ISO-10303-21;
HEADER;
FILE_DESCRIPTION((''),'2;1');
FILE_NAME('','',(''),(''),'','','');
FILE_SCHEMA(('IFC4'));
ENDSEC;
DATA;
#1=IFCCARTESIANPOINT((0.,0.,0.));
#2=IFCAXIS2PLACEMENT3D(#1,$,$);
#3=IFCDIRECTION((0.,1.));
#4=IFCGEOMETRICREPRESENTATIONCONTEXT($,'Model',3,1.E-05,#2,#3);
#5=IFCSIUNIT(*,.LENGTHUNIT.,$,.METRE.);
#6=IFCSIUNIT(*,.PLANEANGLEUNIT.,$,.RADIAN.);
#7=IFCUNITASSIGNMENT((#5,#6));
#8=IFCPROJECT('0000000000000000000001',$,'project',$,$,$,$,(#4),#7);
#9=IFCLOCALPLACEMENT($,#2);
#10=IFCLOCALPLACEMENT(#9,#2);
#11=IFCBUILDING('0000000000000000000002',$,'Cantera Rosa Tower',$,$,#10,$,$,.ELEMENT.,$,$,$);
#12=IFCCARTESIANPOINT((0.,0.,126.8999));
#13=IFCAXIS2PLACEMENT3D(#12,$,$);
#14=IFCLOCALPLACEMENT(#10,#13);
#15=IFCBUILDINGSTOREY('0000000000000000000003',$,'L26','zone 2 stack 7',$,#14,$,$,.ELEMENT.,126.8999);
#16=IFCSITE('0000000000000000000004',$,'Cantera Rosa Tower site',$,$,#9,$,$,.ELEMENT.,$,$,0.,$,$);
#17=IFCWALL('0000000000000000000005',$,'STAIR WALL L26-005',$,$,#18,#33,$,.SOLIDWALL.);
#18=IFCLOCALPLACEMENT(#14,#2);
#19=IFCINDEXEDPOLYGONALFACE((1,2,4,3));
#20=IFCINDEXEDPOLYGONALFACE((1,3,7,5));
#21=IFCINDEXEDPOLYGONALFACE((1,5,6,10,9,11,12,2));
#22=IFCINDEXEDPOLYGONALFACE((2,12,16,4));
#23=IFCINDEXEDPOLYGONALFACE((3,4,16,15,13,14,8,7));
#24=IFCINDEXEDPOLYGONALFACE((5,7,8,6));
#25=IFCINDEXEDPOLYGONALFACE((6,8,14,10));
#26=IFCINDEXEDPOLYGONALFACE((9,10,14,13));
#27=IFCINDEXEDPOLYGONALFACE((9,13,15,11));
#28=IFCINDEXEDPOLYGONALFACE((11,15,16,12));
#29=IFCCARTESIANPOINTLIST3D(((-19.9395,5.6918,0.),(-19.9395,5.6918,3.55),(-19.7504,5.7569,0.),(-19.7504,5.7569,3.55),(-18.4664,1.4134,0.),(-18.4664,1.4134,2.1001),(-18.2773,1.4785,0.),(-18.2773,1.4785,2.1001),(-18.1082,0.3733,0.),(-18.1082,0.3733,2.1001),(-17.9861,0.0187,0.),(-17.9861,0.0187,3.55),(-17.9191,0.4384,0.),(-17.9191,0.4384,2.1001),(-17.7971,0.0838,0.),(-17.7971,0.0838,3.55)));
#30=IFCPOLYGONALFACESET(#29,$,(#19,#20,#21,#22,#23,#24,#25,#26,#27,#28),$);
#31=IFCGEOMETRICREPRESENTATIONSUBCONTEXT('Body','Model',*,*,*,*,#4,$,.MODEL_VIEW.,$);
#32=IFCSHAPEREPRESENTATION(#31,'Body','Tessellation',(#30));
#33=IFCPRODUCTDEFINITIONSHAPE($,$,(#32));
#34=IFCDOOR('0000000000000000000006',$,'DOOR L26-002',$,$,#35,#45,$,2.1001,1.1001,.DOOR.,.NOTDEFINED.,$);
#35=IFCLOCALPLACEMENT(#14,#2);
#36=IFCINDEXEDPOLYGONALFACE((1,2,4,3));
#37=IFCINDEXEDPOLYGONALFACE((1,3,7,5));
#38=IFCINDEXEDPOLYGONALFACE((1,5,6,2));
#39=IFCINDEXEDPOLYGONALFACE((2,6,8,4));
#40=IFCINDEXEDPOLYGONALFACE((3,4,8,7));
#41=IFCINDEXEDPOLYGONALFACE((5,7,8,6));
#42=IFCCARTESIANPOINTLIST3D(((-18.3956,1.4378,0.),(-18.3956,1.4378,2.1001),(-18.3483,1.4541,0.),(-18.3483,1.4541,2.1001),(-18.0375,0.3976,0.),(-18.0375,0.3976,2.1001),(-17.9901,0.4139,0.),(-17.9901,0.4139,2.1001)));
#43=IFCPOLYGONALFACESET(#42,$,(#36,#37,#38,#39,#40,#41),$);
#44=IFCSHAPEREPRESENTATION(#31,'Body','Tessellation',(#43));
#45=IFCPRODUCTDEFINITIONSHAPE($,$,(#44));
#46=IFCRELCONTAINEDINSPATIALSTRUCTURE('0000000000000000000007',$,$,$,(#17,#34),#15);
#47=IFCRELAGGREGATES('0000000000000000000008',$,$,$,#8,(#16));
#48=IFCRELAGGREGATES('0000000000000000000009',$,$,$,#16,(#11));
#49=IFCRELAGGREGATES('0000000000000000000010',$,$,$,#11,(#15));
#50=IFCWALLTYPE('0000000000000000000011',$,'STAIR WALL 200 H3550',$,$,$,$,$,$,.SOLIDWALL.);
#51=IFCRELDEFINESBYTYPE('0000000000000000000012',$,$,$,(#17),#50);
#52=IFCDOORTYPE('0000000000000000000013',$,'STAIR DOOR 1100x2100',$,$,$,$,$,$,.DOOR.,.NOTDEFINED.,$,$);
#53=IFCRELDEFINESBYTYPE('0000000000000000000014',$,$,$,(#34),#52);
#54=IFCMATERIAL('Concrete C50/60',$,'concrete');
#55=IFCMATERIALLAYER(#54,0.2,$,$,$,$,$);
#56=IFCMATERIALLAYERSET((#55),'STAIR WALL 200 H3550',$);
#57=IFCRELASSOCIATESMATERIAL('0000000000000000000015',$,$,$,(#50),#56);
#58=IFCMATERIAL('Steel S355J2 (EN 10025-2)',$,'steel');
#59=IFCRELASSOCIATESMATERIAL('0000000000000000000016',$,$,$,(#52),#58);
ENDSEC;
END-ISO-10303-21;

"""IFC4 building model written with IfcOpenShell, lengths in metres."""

from ifc_helpers import new_model, si_unit, direction, frame, frame_2d, origin, place, context, subcontext, project, spatial, rectangle, extrude, material, layer, layer_set, type_object, element, fill, save


model = new_model("IFC4")

# Units and contexts
model_context = context("Model", 3, precision=1e-05, world=origin(), true_north=direction((0.0, 1.0)))
body_context = subcontext(model_context, "Body", "Model", "MODEL_VIEW")
ifc_project = project(units=[si_unit("LENGTHUNIT", "METRE"), si_unit("PLANEANGLEUNIT", "RADIAN")], contexts=[model_context])

# Site, building, storey
site_placement = place(None, origin())
site = spatial("IfcSite", under=ifc_project, at=site_placement, Name="Cantera Rosa Tower site", CompositionType="ELEMENT", RefElevation=0.0)
building_placement = place(site_placement, origin())
building = spatial("IfcBuilding", under=site, at=building_placement, Name="Cantera Rosa Tower", CompositionType="ELEMENT")
storey_placement = place(building_placement, frame((0.0, 0.0, 126.8999)))
storey = spatial("IfcBuildingStorey", under=building, at=storey_placement, Name="L26", Description="zone 2 stack 7", CompositionType="ELEMENT", Elevation=126.8999)

# Wall, opening, door
ifc_material_1 = material(Name="Concrete C50/60", Category="concrete")
ifc_layer_1 = layer(ifc_material_1, 0.2)
ifc_layer_set_1 = layer_set([ifc_layer_1], Name="STAIR WALL 200 H3550")
wall_type_1 = type_object("IfcWallType", Name="STAIR WALL 200 H3550", PredefinedType="SOLIDWALL", material=ifc_layer_set_1)
wall_1_placement = place(storey_placement, frame((-19.845, 5.7244, 0.0), z_axis=(0.0, 0.0, 1.0), x_axis=(0.325563, -0.94552, 0.0)))
wall_1 = element("IfcWall", 1, at=wall_1_placement, inside=storey, type_object=wall_type_1, Name="STAIR WALL L26-005", PredefinedType="SOLIDWALL", context=body_context, shape_type="SweptSolid", body=[
    extrude(rectangle(XDim=6.0, YDim=0.2, at=frame_2d((3.0, 0.0))), origin(), (0.0, 0.0, 1.0), 3.55),
])
opening_1_placement = place(wall_1_placement, frame((4.5249, 0.0, 0.0)))
opening_1 = element("IfcOpeningElement", 2, at=opening_1_placement, cuts=wall_1, PredefinedType="OPENING", context=body_context, shape_type="SweptSolid", body=[
    extrude(rectangle(XDim=1.1001, YDim=2.1001, at=frame_2d((0.55, 1.05))), frame((0.0, 0.1099, 0.0), z_axis=(0.0, -1.0, 0.0), x_axis=(1.0, 0.0, 0.0)), (0.0, 0.0, 1.0), 0.22),
])
ifc_material_2 = material(Name="Steel S355J2 (EN 10025-2)", Category="steel")
door_type_1 = type_object("IfcDoorType", Name="STAIR DOOR 1100x2100", OperationType="NOTDEFINED", PredefinedType="DOOR", material=ifc_material_2)
door_1_placement = place(opening_1_placement, origin())
door_1 = element("IfcDoor", 3, at=door_1_placement, inside=storey, type_object=door_type_1, Name="DOOR L26-002", OperationType="NOTDEFINED", OverallHeight=2.1001, OverallWidth=1.1001, PredefinedType="DOOR", context=body_context, shape_type="SweptSolid", body=[
    extrude(rectangle(XDim=1.1001, YDim=2.1001, at=frame_2d((0.55, 1.05))), frame((0.0, 0.0249, 0.0), z_axis=(0.0, -1.0, 0.0), x_axis=(1.0, 0.0, 0.0)), (0.0, 0.0, 1.0), 0.05),
])
fill(opening_1, door_1)

save(model, "model.ifc")
